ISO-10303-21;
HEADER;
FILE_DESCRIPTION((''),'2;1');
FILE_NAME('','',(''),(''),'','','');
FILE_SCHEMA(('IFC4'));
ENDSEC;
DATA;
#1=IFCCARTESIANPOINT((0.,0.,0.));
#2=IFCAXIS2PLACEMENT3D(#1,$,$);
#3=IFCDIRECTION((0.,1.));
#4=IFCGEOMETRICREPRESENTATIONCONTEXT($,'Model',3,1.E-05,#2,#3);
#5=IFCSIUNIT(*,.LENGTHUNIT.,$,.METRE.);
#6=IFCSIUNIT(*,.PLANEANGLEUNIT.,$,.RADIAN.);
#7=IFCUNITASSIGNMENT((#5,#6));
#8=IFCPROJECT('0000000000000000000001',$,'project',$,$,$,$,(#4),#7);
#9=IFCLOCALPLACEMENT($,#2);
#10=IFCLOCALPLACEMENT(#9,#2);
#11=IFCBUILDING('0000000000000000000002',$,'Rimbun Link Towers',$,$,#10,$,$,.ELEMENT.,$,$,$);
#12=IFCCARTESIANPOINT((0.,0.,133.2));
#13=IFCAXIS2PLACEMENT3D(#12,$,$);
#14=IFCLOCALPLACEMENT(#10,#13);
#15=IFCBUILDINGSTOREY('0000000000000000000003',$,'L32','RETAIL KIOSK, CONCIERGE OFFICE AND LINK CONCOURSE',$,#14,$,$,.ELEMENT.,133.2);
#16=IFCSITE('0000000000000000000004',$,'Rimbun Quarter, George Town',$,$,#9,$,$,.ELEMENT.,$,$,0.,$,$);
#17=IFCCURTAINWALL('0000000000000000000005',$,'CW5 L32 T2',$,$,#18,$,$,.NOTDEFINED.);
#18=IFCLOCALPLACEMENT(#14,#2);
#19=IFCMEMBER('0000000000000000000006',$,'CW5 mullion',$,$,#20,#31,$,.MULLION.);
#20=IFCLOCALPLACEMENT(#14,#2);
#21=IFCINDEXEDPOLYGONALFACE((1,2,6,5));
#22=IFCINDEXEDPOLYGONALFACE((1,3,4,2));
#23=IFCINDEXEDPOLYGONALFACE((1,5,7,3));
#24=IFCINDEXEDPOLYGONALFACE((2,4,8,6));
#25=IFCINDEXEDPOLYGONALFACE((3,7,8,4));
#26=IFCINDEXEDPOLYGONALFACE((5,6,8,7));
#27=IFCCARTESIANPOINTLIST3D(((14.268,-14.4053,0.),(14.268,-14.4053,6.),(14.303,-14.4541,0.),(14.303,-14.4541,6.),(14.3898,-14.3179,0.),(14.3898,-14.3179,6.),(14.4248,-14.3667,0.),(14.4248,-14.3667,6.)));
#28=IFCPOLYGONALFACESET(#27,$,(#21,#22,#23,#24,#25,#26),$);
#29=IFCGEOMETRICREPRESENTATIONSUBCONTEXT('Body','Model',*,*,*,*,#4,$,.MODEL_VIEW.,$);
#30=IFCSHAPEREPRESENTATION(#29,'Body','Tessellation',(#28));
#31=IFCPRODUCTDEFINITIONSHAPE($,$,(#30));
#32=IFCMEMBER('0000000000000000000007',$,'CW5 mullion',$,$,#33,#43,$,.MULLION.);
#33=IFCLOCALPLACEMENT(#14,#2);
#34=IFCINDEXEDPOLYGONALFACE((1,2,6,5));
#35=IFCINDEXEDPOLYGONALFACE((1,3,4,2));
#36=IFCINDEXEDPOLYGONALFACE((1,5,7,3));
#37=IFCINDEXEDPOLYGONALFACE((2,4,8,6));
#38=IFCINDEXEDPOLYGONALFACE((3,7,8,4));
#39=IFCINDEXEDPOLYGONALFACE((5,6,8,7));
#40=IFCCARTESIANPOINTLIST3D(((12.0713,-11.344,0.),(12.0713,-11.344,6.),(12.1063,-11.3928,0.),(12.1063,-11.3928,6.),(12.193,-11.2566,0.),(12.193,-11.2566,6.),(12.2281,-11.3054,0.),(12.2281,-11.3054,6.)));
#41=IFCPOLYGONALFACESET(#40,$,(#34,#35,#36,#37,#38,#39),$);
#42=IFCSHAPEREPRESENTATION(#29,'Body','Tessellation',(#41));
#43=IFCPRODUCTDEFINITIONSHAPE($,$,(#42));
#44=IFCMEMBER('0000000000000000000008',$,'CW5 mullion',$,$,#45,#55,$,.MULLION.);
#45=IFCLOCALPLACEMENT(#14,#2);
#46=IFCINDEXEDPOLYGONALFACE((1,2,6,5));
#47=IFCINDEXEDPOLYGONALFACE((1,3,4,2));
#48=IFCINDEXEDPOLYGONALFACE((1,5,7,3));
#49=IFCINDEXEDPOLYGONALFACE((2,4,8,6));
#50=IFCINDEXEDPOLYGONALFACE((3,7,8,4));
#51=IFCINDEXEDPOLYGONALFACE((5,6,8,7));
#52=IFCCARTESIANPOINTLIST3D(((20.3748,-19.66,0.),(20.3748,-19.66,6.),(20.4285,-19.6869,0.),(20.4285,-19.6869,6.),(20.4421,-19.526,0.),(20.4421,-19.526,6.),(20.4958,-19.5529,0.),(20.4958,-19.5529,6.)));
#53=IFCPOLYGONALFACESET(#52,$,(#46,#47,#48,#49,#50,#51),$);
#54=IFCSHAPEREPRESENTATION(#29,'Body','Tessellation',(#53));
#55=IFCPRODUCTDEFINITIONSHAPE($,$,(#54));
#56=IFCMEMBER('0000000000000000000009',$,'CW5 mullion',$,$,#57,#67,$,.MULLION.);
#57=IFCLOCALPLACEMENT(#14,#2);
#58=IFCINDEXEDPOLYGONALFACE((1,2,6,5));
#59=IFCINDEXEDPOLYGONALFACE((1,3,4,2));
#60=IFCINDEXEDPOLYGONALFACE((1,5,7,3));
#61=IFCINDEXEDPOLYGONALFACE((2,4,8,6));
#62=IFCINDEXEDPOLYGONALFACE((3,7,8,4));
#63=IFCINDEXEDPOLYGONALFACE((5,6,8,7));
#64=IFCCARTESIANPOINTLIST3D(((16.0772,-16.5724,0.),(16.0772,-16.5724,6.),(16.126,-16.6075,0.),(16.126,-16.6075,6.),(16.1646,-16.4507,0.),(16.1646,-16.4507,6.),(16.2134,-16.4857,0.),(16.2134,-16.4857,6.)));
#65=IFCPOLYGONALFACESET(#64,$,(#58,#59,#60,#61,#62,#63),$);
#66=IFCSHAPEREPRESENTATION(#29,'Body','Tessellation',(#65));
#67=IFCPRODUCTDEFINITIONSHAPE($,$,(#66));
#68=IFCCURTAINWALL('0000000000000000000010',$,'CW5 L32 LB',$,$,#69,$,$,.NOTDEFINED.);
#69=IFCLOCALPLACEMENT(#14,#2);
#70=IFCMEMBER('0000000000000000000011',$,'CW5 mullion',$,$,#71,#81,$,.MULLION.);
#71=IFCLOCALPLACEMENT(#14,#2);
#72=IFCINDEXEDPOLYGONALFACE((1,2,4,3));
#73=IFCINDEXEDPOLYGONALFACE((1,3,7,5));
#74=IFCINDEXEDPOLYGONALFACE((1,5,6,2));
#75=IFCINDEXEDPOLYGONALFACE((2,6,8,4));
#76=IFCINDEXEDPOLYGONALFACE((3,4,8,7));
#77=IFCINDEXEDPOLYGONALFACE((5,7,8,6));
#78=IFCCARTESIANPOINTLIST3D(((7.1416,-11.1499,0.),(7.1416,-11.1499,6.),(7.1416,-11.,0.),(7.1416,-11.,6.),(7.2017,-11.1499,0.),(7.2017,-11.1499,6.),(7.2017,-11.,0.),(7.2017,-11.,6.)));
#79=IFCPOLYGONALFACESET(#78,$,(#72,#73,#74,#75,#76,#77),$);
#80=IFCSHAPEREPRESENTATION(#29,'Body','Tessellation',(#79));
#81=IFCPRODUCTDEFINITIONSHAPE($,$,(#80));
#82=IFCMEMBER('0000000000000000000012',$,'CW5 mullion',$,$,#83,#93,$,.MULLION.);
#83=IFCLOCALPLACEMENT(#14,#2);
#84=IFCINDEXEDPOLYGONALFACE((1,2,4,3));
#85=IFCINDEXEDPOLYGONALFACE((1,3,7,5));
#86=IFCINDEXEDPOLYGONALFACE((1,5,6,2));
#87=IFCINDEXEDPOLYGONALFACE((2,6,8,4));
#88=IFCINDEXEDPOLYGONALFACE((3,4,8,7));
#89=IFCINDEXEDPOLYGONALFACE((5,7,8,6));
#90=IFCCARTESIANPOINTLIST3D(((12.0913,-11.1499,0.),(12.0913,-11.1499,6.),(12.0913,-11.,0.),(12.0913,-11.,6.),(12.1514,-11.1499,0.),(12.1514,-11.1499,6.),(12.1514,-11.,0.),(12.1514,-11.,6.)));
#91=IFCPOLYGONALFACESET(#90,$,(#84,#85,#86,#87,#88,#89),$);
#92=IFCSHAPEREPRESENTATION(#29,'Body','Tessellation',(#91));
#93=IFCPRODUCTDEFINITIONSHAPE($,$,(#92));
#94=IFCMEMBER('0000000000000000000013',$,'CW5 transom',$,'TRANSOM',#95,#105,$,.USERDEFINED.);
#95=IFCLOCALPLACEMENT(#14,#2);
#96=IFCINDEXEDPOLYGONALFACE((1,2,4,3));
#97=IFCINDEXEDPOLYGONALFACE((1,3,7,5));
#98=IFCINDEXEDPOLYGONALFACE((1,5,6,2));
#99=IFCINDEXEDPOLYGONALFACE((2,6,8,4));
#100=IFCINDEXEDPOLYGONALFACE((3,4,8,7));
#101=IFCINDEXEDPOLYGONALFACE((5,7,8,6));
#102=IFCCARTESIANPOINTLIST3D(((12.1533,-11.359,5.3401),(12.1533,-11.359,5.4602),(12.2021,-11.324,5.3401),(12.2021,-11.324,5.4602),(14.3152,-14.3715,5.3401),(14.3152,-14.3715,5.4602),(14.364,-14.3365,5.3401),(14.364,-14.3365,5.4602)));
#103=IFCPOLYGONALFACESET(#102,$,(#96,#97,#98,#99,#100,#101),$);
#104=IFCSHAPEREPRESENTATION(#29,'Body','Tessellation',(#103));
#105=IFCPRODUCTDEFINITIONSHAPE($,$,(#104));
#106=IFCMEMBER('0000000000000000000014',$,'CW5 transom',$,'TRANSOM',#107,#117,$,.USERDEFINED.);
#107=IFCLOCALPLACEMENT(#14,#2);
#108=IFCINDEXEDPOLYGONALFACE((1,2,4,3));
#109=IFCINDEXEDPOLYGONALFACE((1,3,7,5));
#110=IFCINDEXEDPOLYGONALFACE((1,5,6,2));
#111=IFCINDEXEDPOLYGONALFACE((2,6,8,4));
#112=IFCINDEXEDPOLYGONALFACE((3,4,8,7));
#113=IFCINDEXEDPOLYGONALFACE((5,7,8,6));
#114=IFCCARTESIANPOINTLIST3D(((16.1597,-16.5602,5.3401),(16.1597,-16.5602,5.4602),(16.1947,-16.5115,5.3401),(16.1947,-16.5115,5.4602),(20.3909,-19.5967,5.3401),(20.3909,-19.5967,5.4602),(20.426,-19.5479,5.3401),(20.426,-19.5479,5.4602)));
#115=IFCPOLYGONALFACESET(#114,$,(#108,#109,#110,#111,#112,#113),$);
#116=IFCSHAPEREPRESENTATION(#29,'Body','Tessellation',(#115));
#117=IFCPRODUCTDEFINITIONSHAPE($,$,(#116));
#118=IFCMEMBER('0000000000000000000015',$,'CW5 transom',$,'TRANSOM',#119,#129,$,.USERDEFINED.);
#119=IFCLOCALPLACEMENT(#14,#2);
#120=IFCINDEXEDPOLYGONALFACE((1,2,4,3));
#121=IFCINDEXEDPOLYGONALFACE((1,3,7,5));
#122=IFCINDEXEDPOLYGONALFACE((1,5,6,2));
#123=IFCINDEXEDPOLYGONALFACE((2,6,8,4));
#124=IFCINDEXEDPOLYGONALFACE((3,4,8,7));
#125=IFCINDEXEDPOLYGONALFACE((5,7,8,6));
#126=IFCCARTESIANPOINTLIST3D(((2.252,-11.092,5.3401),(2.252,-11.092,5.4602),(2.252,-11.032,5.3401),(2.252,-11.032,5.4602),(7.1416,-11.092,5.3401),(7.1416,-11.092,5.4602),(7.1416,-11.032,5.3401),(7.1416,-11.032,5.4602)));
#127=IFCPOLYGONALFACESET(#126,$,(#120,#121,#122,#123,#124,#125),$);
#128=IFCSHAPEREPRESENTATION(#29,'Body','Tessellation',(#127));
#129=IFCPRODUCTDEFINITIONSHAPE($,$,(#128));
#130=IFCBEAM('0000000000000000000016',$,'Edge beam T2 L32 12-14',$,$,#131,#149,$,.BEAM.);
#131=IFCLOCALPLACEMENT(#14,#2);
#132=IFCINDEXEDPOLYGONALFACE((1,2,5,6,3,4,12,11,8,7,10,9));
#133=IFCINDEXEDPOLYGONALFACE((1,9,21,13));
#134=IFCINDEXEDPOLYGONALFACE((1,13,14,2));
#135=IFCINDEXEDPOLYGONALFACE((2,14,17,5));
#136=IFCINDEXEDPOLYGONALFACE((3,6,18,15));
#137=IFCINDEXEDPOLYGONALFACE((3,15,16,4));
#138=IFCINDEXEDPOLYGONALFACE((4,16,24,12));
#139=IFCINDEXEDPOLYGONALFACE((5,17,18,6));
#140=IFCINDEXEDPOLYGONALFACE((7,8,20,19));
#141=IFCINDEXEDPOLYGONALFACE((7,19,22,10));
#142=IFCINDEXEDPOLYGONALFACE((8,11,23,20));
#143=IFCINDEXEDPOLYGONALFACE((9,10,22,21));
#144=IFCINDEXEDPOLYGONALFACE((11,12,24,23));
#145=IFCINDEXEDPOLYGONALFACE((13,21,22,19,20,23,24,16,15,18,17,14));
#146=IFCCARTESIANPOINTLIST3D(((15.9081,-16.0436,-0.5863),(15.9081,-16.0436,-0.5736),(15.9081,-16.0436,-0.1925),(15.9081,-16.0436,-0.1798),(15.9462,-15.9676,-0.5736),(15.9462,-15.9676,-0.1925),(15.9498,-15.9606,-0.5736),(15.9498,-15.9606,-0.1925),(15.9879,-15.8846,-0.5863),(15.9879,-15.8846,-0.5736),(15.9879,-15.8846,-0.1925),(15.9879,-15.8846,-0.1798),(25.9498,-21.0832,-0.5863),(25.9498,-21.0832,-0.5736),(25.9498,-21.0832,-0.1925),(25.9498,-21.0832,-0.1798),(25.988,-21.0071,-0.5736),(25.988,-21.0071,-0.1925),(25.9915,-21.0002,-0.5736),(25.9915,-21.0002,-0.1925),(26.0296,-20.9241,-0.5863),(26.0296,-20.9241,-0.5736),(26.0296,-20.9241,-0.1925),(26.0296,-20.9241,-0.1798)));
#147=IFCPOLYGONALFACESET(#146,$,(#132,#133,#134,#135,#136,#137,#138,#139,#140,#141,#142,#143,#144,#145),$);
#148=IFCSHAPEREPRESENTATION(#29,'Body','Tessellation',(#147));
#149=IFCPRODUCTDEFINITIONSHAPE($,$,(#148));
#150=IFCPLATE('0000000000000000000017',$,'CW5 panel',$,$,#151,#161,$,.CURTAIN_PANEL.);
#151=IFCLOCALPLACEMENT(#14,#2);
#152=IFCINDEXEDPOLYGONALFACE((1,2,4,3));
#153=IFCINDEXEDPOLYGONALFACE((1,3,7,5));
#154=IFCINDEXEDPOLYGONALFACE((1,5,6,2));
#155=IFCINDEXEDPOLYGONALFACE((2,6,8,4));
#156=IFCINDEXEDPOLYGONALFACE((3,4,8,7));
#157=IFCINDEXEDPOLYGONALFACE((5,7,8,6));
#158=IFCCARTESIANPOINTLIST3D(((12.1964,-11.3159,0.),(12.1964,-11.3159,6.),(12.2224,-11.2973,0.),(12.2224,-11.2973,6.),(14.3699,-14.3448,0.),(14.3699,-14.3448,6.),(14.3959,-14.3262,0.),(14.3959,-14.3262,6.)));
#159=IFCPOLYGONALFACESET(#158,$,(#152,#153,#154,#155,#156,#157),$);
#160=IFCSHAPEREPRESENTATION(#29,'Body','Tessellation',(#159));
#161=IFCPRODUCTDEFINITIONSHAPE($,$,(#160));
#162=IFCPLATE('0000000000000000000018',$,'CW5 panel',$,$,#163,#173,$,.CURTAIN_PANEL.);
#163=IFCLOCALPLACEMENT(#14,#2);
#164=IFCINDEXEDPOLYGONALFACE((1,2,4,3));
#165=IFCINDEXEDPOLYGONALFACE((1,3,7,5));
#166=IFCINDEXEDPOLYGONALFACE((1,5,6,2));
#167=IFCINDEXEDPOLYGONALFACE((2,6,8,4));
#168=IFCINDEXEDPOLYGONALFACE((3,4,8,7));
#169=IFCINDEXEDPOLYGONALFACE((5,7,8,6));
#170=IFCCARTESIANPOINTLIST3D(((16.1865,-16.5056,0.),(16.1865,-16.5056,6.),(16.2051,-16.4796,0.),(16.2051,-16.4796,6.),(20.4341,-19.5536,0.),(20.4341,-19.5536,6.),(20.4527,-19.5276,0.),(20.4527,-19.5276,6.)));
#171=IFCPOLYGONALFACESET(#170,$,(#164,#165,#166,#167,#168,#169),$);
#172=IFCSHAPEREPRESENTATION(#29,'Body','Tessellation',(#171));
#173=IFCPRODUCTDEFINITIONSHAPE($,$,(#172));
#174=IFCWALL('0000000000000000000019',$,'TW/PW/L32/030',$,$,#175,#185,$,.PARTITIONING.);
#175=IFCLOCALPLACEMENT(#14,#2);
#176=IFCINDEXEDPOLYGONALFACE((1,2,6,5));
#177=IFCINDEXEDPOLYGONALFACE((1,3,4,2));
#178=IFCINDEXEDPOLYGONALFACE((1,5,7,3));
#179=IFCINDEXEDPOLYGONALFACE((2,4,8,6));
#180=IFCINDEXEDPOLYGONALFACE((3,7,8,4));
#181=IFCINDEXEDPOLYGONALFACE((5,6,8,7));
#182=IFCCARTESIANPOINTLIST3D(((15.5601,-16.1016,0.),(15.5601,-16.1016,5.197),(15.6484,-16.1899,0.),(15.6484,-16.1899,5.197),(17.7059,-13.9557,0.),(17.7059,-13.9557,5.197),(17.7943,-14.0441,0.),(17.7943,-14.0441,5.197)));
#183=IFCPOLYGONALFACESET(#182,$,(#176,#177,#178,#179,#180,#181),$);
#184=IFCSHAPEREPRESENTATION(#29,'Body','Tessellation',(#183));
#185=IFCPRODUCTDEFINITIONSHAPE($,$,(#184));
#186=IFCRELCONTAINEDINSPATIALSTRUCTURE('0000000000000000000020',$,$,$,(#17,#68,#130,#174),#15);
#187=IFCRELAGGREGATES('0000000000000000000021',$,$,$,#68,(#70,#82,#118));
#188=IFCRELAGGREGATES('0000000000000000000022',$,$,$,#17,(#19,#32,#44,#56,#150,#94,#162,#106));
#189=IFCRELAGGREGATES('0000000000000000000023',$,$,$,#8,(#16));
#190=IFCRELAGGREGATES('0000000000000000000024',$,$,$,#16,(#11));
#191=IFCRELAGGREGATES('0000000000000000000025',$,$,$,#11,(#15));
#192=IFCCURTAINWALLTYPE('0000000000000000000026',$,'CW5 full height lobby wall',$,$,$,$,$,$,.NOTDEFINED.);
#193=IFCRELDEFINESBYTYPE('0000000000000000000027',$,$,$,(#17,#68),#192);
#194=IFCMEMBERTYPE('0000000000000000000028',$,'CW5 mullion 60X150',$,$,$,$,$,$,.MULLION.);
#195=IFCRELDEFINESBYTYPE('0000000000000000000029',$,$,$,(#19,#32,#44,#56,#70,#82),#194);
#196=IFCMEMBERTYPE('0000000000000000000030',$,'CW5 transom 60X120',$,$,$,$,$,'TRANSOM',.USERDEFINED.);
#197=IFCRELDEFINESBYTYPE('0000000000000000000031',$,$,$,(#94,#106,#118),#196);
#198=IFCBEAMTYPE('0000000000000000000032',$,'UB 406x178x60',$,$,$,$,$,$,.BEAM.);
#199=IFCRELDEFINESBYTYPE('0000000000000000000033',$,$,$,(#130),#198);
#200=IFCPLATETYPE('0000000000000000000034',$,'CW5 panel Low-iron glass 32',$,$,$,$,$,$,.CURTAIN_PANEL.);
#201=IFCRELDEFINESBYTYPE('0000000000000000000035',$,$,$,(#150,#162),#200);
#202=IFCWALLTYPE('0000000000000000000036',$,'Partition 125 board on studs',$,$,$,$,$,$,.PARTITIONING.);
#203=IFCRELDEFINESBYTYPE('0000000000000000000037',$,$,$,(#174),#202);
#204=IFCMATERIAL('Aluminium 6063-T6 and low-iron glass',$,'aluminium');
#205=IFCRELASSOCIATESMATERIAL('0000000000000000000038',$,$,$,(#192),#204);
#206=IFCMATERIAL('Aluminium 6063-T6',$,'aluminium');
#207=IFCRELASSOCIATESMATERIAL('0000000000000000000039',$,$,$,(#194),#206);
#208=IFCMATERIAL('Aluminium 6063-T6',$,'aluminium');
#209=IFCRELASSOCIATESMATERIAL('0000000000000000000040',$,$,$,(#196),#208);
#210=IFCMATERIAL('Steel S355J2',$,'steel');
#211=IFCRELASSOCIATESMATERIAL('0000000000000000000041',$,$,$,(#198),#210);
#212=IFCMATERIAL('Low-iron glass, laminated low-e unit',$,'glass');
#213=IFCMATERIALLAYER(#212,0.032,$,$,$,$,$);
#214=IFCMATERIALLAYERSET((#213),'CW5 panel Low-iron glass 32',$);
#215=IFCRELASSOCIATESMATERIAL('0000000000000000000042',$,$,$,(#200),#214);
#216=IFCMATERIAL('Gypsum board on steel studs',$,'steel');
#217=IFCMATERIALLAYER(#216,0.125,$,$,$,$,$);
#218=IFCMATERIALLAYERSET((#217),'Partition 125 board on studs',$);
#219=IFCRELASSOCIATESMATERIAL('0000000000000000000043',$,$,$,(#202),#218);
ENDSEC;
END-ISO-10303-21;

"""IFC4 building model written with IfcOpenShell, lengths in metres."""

from ifc_helpers import new_model, si_unit, direction, frame, frame_2d, origin, origin_2d, place, context, subcontext, project, spatial, rectangle, i_section, extrude, material, layer, layer_set, material_profile, profile_set, type_object, element, aggregate, save


model = new_model("IFC4")

# Units and contexts
model_context = context("Model", 3, precision=1e-05, world=origin(), true_north=direction((0.0, 1.0)))
body_context = subcontext(model_context, "Body", "Model", "MODEL_VIEW")
ifc_project = project(units=[si_unit("LENGTHUNIT", "METRE"), si_unit("PLANEANGLEUNIT", "RADIAN")], contexts=[model_context])

# Site, building, storey
site_placement = place(None, origin())
site = spatial("IfcSite", under=ifc_project, at=site_placement, Name="Rimbun Quarter, George Town", CompositionType="ELEMENT", RefElevation=0.0)
building_placement = place(site_placement, origin())
building = spatial("IfcBuilding", under=site, at=building_placement, Name="Rimbun Link Towers", CompositionType="ELEMENT")
storey_placement = place(building_placement, frame((0.0, 0.0, 133.2)))
storey = spatial("IfcBuildingStorey", under=building, at=storey_placement, Name="L32", Description="RETAIL KIOSK, CONCIERGE OFFICE AND LINK CONCOURSE", CompositionType="ELEMENT", Elevation=133.2)

# Curtain walls, members
ifc_material_1 = material(Name="Aluminium 6063-T6 and low-iron glass", Category="aluminium")
curtain_wall_type = type_object("IfcCurtainWallType", Name="CW5 full height lobby wall", PredefinedType="NOTDEFINED", material=ifc_material_1)
curtain_wall_1_placement = place(storey_placement, origin())
curtain_wall_1 = element("IfcCurtainWall", 1, at=curtain_wall_1_placement, inside=storey, type_object=curtain_wall_type, Name="CW5 L32 T2", PredefinedType="NOTDEFINED")
ifc_material_2 = material(Name="Aluminium 6063-T6", Category="aluminium")
ifc_material_profile_1 = material_profile(ifc_material_2, rectangle(XDim=0.1499, YDim=0.0601, at=origin_2d()), Name="MULLION 60X150")
ifc_profile_set_1 = profile_set([ifc_material_profile_1], Name="Aluminium 6063-T6")
member_type_1 = type_object("IfcMemberType", Name="CW5 mullion 60X150", PredefinedType="MULLION", material=ifc_profile_set_1)
member_1_placement = place(storey_placement, frame((14.3464, -14.386, 0.0), z_axis=(0.0, 0.0, 1.0), x_axis=(-0.812465, -0.583009, 0.0)))
member_1 = element("IfcMember", 2, at=member_1_placement, type_object=member_type_1, Name="CW5 mullion", PredefinedType="MULLION", context=body_context, shape_type="SweptSolid", body=[
    extrude(rectangle(XDim=0.1499, YDim=0.0601, at=origin_2d()), origin(), (0.0, 0.0, 1.0), 6.0),
])
member_2_placement = place(storey_placement, frame((12.1497, -11.3247, 0.0), z_axis=(0.0, 0.0, 1.0), x_axis=(-0.812465, -0.583009, 0.0)))
member_2 = element("IfcMember", 3, at=member_2_placement, type_object=member_type_1, Name="CW5 mullion", PredefinedType="MULLION", context=body_context, shape_type="SweptSolid", body=[
    extrude(rectangle(XDim=0.1499, YDim=0.0601, at=origin_2d()), origin(), (0.0, 0.0, 1.0), 6.0),
])
member_3_placement = place(storey_placement, frame((20.4353, -19.6064, 0.0), z_axis=(0.0, 0.0, 1.0), x_axis=(-0.44857, -0.893748, 0.0)))
member_3 = element("IfcMember", 4, at=member_3_placement, type_object=member_type_1, Name="CW5 mullion", PredefinedType="MULLION", context=body_context, shape_type="SweptSolid", body=[
    extrude(rectangle(XDim=0.1499, YDim=0.0601, at=origin_2d()), origin(), (0.0, 0.0, 1.0), 6.0),
])
member_4_placement = place(storey_placement, frame((16.1453, -16.5291, 0.0), z_axis=(0.0, 0.0, 1.0), x_axis=(-0.583009, -0.812465, 0.0)))
member_4 = element("IfcMember", 5, at=member_4_placement, type_object=member_type_1, Name="CW5 mullion", PredefinedType="MULLION", context=body_context, shape_type="SweptSolid", body=[
    extrude(rectangle(XDim=0.1499, YDim=0.0601, at=origin_2d()), origin(), (0.0, 0.0, 1.0), 6.0),
])
curtain_wall_2_placement = place(storey_placement, origin())
curtain_wall_2 = element("IfcCurtainWall", 6, at=curtain_wall_2_placement, inside=storey, type_object=curtain_wall_type, Name="CW5 L32 LB", PredefinedType="NOTDEFINED")
member_5_placement = place(storey_placement, frame((7.1716, -11.075, 0.0), z_axis=(0.0, 0.0, 1.0), x_axis=(0.0, -1.0, 0.0)))
member_5 = element("IfcMember", 7, at=member_5_placement, type_object=member_type_1, Name="CW5 mullion", PredefinedType="MULLION", context=body_context, shape_type="SweptSolid", body=[
    extrude(rectangle(XDim=0.1499, YDim=0.0601, at=origin_2d()), origin(), (0.0, 0.0, 1.0), 6.0),
])
member_6_placement = place(storey_placement, frame((12.1213, -11.075, 0.0), z_axis=(0.0, 0.0, 1.0), x_axis=(0.0, -1.0, 0.0)))
member_6 = element("IfcMember", 8, at=member_6_placement, type_object=member_type_1, Name="CW5 mullion", PredefinedType="MULLION", context=body_context, shape_type="SweptSolid", body=[
    extrude(rectangle(XDim=0.1499, YDim=0.0601, at=origin_2d()), origin(), (0.0, 0.0, 1.0), 6.0),
])

# Members
ifc_material_3 = material(Name="Aluminium 6063-T6", Category="aluminium")
ifc_material_profile_2 = material_profile(ifc_material_3, rectangle(XDim=0.0601, YDim=0.1201, at=origin_2d()), Name="TRANSOM 60X120")
ifc_profile_set_2 = profile_set([ifc_material_profile_2], Name="Aluminium 6063-T6")
member_type_2 = type_object("IfcMemberType", Name="CW5 transom 60X120", ElementType="TRANSOM", PredefinedType="USERDEFINED", material=ifc_profile_set_2)
member_7_placement = place(storey_placement, frame((14.3396, -14.354, 5.4001), z_axis=(-0.583043, 0.812441, 0.0), x_axis=(-0.812441, -0.583043, 0.0)))
member_7 = element("IfcMember", 9, at=member_7_placement, type_object=member_type_2, Name="CW5 transom", ObjectType="TRANSOM", PredefinedType="USERDEFINED", context=body_context, shape_type="SweptSolid", body=[
    extrude(rectangle(XDim=0.0601, YDim=0.1201, at=origin_2d()), origin(), (0.0, 0.0, 1.0), 3.708),
])
member_8_placement = place(storey_placement, frame((20.4084, -19.5723, 5.4001), z_axis=(-0.812452, 0.583028, 0.0), x_axis=(-0.583028, -0.812452, 0.0)))
member_8 = element("IfcMember", 10, at=member_8_placement, type_object=member_type_2, Name="CW5 transom", ObjectType="TRANSOM", PredefinedType="USERDEFINED", context=body_context, shape_type="SweptSolid", body=[
    extrude(rectangle(XDim=0.0601, YDim=0.1201, at=origin_2d()), origin(), (0.0, 0.0, 1.0), 5.208),
])
member_9_placement = place(storey_placement, frame((7.1416, -11.062, 5.4001), z_axis=(-1.0, 0.0, 0.0), x_axis=(0.0, -1.0, 0.0)))
member_9 = element("IfcMember", 11, at=member_9_placement, type_object=member_type_2, Name="CW5 transom", ObjectType="TRANSOM", PredefinedType="USERDEFINED", context=body_context, shape_type="SweptSolid", body=[
    extrude(rectangle(XDim=0.0601, YDim=0.1201, at=origin_2d()), origin(), (0.0, 0.0, 1.0), 4.8896),
])
aggregate(curtain_wall_2, [member_5, member_6, member_9])

# Beam
ifc_material_4 = material(Name="Steel S355J2", Category="steel")
ifc_material_profile_3 = material_profile(ifc_material_4, i_section(OverallWidth=0.178, OverallDepth=0.4065, WebThickness=0.0078, FlangeThickness=0.0127, at=origin_2d()), Name="UB 406x178x60")
ifc_profile_set_3 = profile_set([ifc_material_profile_3], Name="Steel S355J2")
beam_type = type_object("IfcBeamType", Name="UB 406x178x60", PredefinedType="BEAM", material=ifc_profile_set_3)
beam_placement = place(storey_placement, frame((15.948, -15.9641, -0.3831), z_axis=(0.893761, -0.448543, 0.0), x_axis=(0.448543, 0.893761, 0.0)))
element("IfcBeam", 12, at=beam_placement, inside=storey, type_object=beam_type, Name="Edge beam T2 L32 12-14", PredefinedType="BEAM", context=body_context, shape_type="SweptSolid", body=[
    extrude(i_section(OverallWidth=0.178, OverallDepth=0.4065, WebThickness=0.0078, FlangeThickness=0.0127, at=origin_2d()), origin(), (0.0, 0.0, 1.0), 11.2354),
])

# Plates
ifc_material_5 = material(Name="Low-iron glass, laminated low-e unit", Category="glass")
ifc_layer_1 = layer(ifc_material_5, 0.032)
ifc_layer_set_1 = layer_set([ifc_layer_1], Name="CW5 panel Low-iron glass 32")
plate_type = type_object("IfcPlateType", Name="CW5 panel Low-iron glass 32", PredefinedType="CURTAIN_PANEL", material=ifc_layer_set_1)
plate_1_placement = place(storey_placement, frame((13.2961, -12.821, 0.0), z_axis=(0.0, 0.0, 1.0), x_axis=(-0.583009, 0.812465, 0.0)))
plate_1 = element("IfcPlate", 13, at=plate_1_placement, type_object=plate_type, Name="CW5 panel", PredefinedType="CURTAIN_PANEL", context=body_context, shape_type="SweptSolid", body=[
    extrude(rectangle(XDim=3.728, YDim=0.032, at=origin_2d()), origin(), (0.0, 0.0, 1.0), 6.0),
])
plate_2_placement = place(storey_placement, frame((18.3196, -18.0166, 0.0), z_axis=(0.0, 0.0, 1.0), x_axis=(-0.812465, 0.583009, 0.0)))
plate_2 = element("IfcPlate", 14, at=plate_2_placement, type_object=plate_type, Name="CW5 panel", PredefinedType="CURTAIN_PANEL", context=body_context, shape_type="SweptSolid", body=[
    extrude(rectangle(XDim=5.228, YDim=0.032, at=origin_2d()), origin(), (0.0, 0.0, 1.0), 6.0),
])
aggregate(curtain_wall_1, [member_1, member_2, member_3, member_4, plate_1, member_7, plate_2, member_8])

# Wall
ifc_material_6 = material(Name="Gypsum board on steel studs", Category="steel")
ifc_layer_2 = layer(ifc_material_6, 0.125)
ifc_layer_set_2 = layer_set([ifc_layer_2], Name="Partition 125 board on studs")
wall_type = type_object("IfcWallType", Name="Partition 125 board on studs", PredefinedType="PARTITIONING", material=ifc_layer_set_2)
wall_1_placement = place(storey_placement, frame((15.6042, -16.1458, 0.0), z_axis=(0.0, 0.0, 1.0), x_axis=(0.707107, 0.707107, 0.0)))
element("IfcWall", 15, at=wall_1_placement, inside=storey, type_object=wall_type, Name="TW/PW/L32/030", PredefinedType="PARTITIONING", context=body_context, shape_type="SweptSolid", body=[
    extrude(rectangle(XDim=3.0347, YDim=0.125, at=frame_2d((1.5173, 0.0))), origin(), (0.0, 0.0, 1.0), 5.197),
])

save(model, "model.ifc")
